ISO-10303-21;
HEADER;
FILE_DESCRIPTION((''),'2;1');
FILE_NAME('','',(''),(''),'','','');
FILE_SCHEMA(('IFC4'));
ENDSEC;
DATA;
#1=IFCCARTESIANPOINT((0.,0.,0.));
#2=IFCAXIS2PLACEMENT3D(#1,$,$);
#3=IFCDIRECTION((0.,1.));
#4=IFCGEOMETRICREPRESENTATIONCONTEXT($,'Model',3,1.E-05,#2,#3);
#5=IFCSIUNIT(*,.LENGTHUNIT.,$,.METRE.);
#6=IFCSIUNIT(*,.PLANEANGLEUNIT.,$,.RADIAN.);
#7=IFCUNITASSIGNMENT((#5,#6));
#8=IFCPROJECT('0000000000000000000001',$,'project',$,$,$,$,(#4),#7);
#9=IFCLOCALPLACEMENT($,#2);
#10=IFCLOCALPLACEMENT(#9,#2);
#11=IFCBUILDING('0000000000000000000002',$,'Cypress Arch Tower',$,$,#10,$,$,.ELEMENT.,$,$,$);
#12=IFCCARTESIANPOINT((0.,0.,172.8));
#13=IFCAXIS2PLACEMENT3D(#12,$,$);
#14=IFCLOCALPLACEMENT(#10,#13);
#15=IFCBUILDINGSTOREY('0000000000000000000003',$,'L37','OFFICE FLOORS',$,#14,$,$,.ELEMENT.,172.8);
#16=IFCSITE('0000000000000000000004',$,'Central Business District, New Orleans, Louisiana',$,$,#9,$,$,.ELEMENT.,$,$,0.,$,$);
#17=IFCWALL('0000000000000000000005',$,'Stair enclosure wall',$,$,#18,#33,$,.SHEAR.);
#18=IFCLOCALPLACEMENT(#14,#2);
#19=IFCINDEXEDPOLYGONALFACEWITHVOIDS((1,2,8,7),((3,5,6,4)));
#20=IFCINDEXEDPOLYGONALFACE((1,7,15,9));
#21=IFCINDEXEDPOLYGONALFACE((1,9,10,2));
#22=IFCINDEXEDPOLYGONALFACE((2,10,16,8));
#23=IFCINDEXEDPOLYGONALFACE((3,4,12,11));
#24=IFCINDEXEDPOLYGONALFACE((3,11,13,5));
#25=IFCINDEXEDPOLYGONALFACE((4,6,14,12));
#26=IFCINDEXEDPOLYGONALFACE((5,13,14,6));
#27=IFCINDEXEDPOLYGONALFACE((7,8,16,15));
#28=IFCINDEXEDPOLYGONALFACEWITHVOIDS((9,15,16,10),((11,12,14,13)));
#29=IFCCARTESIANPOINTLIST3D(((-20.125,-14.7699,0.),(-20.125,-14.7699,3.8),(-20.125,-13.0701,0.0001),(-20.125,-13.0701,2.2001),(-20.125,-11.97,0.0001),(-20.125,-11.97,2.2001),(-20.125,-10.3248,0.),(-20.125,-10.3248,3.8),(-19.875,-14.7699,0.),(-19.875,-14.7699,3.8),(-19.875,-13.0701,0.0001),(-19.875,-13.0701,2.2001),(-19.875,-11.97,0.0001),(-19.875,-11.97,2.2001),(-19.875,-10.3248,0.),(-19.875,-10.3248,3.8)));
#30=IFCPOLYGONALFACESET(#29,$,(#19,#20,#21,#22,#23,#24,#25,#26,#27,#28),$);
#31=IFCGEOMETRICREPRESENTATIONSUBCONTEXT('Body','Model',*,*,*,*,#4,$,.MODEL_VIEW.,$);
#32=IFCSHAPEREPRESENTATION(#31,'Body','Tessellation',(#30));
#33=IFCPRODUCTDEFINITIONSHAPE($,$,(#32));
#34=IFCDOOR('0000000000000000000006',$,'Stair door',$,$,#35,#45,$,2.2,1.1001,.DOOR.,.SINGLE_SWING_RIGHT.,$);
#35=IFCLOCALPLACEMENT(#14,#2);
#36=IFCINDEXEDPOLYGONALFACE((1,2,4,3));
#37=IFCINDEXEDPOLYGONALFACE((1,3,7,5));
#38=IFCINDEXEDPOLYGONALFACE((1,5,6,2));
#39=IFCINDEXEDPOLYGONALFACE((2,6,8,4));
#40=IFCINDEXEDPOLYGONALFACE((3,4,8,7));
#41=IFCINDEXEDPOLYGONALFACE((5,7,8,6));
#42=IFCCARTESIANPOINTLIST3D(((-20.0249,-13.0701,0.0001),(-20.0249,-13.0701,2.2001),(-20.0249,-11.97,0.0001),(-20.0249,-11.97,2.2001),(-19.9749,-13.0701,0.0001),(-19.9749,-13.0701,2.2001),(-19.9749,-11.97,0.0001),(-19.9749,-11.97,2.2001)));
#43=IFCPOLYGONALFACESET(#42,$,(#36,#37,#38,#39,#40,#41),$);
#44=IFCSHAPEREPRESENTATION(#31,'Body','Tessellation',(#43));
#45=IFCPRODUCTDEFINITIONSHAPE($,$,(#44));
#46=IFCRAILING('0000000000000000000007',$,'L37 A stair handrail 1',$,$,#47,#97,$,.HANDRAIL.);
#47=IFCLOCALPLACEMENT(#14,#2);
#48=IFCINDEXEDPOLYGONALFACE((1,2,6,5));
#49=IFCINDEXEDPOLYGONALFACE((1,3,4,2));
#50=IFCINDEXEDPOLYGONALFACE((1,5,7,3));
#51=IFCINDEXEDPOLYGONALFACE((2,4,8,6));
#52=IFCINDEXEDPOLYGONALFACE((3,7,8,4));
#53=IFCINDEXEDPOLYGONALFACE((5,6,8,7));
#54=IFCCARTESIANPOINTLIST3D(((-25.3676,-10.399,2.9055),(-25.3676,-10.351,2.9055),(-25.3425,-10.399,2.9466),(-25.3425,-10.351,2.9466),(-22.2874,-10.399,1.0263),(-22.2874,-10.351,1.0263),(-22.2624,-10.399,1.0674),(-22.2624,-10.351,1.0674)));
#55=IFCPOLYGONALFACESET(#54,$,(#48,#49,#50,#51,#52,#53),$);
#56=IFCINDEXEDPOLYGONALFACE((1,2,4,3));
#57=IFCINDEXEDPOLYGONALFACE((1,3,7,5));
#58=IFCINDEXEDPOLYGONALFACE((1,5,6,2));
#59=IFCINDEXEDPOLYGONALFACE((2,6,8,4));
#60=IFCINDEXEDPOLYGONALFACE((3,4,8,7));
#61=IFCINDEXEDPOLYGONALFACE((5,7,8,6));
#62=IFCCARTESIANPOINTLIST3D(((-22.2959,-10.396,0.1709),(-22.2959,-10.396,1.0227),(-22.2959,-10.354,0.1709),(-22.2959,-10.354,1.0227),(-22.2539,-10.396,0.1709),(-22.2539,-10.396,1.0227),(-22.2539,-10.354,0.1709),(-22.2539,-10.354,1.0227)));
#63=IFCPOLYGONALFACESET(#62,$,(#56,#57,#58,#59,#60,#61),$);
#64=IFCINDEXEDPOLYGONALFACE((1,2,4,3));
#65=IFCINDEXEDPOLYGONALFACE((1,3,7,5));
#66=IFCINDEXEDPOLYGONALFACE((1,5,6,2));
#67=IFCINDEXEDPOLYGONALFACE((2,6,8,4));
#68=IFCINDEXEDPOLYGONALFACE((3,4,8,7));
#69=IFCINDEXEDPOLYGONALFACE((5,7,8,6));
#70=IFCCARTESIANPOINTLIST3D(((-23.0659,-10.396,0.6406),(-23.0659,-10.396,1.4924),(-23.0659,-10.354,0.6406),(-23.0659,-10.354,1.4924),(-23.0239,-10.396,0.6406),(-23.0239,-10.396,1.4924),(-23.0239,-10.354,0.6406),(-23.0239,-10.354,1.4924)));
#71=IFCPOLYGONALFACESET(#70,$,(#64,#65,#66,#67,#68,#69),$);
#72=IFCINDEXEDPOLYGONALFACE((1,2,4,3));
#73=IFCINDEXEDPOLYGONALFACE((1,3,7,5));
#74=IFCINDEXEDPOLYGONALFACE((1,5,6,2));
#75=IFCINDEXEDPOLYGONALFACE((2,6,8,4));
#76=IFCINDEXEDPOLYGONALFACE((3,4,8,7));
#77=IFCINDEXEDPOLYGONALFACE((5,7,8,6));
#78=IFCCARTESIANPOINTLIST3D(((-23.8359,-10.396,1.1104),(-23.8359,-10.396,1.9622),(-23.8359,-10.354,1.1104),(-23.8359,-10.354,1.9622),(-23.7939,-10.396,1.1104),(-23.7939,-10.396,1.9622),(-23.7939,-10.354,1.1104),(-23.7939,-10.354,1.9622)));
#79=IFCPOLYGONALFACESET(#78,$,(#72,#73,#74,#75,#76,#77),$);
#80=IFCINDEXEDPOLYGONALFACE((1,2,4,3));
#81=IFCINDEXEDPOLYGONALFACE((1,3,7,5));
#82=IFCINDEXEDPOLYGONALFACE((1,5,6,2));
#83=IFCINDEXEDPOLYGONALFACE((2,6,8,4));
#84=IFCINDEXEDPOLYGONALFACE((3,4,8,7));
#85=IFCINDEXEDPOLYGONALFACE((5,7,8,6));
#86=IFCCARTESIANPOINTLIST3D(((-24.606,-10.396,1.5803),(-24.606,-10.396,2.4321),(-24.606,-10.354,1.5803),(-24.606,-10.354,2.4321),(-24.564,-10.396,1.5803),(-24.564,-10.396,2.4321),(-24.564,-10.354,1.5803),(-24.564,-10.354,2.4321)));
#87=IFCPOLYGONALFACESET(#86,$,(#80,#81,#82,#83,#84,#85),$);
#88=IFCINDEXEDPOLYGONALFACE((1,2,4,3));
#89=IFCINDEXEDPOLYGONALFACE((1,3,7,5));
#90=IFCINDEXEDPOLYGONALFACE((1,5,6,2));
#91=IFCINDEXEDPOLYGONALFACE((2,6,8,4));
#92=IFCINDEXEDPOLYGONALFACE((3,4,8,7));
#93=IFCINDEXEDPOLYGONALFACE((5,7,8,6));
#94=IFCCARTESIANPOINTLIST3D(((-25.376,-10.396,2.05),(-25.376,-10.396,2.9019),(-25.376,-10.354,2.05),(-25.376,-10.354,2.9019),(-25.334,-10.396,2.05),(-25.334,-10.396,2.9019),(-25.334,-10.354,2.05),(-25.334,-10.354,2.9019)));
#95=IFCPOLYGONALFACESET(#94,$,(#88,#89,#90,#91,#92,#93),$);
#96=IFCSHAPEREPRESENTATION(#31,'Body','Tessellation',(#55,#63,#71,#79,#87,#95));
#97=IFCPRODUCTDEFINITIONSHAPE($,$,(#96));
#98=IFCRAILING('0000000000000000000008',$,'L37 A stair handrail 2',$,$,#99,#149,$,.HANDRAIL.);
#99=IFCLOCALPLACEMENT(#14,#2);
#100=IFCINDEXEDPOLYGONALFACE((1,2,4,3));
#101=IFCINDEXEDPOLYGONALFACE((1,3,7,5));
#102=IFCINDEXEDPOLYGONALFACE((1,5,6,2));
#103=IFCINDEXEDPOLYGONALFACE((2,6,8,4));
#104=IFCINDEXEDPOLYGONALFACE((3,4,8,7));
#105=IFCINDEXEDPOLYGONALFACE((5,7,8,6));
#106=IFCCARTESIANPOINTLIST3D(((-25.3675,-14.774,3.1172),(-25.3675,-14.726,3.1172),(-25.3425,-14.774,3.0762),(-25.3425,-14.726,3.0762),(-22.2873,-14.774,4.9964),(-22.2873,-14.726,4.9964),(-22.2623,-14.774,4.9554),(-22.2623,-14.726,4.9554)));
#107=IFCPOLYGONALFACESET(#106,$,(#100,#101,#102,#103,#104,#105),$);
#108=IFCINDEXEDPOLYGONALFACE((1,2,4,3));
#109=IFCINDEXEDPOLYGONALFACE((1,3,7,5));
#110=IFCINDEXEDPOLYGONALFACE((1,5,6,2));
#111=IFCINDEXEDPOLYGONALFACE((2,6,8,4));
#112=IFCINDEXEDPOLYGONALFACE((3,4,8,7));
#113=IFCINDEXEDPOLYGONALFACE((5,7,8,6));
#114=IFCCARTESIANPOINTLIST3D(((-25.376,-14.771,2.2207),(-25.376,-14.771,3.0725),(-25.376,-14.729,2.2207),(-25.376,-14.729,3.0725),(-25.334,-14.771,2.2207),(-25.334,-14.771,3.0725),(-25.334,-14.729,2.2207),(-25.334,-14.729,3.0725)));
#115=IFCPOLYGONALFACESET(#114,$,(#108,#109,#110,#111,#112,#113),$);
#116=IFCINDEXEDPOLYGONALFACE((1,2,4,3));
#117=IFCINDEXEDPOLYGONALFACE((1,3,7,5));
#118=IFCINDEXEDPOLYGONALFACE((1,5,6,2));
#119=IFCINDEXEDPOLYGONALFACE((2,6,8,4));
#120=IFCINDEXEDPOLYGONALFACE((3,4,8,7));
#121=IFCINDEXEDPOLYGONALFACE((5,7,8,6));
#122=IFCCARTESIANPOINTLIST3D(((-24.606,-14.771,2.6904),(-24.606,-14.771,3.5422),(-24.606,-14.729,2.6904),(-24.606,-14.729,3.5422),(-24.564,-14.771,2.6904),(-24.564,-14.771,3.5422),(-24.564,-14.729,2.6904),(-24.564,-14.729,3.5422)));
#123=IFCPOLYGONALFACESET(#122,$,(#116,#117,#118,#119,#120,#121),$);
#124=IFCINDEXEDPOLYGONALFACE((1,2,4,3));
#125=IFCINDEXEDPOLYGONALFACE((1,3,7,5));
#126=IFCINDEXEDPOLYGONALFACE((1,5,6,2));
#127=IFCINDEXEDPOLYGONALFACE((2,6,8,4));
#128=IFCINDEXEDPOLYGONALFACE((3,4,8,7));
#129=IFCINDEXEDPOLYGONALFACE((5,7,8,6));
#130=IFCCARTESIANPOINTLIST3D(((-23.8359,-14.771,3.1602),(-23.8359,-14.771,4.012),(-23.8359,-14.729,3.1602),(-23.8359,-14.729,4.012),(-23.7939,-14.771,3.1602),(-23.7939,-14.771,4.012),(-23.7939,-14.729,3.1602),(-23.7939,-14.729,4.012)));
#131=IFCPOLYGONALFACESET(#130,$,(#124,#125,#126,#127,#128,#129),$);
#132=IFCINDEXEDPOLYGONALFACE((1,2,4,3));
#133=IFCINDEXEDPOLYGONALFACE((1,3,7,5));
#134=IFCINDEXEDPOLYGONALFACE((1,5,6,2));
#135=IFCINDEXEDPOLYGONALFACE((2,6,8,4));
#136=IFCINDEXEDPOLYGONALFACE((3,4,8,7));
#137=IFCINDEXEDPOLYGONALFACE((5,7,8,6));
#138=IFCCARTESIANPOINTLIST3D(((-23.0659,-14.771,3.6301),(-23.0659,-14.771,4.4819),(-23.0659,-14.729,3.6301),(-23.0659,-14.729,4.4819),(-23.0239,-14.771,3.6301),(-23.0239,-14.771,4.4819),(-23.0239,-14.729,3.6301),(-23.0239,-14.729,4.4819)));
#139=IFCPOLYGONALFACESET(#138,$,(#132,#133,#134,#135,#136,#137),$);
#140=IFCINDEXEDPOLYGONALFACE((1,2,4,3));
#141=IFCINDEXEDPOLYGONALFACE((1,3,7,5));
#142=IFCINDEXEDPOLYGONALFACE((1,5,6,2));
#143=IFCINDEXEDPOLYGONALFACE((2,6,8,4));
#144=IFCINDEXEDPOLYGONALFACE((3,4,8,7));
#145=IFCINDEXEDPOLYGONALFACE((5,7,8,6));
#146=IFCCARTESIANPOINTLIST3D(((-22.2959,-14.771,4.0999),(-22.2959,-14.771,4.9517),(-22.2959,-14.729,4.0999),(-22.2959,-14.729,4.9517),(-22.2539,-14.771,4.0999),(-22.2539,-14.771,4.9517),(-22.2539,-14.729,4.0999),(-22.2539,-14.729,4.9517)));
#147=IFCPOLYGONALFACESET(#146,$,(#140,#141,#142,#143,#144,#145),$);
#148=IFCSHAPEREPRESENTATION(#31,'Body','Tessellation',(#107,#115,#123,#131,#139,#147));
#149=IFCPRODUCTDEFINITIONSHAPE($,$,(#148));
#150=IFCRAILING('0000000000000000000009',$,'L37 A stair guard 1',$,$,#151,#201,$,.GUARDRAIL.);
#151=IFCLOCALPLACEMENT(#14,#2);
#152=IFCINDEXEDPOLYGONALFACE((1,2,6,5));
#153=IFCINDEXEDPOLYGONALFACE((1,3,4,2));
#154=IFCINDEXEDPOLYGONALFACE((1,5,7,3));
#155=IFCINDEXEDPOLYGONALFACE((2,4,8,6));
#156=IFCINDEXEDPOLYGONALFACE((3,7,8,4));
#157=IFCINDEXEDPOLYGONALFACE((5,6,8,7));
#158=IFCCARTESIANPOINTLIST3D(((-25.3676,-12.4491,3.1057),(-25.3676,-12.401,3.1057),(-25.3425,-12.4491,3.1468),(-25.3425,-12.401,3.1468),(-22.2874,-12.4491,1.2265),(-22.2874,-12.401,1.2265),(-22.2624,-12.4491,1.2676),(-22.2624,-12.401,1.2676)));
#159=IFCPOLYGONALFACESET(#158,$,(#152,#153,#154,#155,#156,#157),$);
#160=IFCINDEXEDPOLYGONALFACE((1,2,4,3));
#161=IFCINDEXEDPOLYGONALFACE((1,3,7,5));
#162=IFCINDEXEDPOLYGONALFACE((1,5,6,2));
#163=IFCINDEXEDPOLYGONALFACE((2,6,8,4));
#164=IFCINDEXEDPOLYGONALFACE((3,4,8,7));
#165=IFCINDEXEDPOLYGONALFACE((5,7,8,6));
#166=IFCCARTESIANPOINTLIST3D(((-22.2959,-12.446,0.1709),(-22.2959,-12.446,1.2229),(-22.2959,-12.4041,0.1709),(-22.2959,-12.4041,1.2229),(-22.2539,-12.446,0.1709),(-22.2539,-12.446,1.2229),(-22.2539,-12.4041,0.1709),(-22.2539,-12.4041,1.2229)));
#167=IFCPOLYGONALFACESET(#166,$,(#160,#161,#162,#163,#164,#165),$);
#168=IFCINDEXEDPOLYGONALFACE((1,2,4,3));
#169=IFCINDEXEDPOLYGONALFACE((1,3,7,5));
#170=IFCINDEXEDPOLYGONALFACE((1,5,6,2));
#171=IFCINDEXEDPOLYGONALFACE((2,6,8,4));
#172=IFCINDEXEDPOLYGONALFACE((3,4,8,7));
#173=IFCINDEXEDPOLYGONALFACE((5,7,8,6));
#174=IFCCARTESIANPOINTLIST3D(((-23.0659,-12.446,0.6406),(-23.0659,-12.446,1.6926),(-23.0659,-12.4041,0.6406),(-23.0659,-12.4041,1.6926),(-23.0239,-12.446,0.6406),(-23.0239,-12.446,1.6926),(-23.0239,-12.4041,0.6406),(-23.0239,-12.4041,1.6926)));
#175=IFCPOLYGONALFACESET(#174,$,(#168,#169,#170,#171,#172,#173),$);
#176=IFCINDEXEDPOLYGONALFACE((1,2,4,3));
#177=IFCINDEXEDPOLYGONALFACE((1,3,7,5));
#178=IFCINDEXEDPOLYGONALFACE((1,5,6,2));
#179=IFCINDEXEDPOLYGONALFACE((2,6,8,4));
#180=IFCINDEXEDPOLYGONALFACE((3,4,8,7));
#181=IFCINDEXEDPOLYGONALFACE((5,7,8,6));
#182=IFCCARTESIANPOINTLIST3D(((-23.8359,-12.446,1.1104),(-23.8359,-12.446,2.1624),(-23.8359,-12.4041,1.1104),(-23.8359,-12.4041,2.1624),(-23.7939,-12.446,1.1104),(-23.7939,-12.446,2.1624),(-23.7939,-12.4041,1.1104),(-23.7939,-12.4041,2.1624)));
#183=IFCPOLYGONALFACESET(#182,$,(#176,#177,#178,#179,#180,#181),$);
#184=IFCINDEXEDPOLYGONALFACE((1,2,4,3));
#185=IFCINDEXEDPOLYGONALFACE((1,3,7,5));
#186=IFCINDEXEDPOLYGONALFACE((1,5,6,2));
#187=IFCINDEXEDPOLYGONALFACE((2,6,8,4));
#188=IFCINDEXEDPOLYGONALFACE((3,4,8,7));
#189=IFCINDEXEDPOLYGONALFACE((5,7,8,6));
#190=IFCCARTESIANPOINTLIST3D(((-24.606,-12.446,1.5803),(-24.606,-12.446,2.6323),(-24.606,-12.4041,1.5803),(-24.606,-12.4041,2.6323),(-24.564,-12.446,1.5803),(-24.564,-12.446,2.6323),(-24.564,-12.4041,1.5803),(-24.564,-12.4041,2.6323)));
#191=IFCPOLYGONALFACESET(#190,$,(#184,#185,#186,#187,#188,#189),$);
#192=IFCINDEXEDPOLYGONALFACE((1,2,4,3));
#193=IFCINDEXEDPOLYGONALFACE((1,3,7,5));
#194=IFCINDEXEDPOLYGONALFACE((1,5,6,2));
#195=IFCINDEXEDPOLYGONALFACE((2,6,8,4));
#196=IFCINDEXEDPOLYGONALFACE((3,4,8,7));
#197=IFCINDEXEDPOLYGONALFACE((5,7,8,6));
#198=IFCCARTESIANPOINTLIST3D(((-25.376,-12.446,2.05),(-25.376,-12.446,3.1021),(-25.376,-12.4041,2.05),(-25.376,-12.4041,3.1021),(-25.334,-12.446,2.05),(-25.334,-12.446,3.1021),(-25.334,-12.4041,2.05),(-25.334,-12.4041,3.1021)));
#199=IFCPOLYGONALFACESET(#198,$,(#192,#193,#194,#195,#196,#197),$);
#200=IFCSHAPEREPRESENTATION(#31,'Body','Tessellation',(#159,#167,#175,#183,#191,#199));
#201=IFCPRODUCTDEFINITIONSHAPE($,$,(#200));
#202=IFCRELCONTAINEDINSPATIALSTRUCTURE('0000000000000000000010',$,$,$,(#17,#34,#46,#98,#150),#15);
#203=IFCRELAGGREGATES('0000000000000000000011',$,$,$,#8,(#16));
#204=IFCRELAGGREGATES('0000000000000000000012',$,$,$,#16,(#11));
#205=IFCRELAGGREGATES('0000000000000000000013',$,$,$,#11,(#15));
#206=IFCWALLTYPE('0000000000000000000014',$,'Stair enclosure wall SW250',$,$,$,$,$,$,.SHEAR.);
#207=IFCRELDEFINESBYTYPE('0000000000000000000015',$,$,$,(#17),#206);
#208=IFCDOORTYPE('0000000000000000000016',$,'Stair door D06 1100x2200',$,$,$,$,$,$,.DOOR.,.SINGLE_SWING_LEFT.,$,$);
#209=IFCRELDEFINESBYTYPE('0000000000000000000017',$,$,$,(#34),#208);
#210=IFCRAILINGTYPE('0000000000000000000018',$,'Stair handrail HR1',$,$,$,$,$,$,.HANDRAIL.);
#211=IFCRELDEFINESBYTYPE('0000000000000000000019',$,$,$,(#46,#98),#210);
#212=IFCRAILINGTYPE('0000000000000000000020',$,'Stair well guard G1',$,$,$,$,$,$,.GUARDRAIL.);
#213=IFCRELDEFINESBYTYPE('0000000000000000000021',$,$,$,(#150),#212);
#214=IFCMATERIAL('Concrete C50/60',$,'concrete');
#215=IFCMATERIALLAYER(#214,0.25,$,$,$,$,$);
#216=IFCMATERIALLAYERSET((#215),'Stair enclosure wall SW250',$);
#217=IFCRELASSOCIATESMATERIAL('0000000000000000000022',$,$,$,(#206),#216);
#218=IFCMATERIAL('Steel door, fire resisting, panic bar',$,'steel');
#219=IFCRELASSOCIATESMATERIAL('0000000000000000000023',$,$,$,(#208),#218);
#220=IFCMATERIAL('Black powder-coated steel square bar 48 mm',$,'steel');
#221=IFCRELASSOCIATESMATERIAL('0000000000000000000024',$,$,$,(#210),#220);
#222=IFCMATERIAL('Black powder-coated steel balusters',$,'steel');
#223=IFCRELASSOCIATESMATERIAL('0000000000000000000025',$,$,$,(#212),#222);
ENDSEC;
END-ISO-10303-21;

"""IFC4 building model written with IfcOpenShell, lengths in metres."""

from ifc_helpers import new_model, si_unit, direction, frame, frame_2d, origin, origin_2d, place, context, subcontext, project, spatial, rectangle, extrude, material, layer, layer_set, type_object, element, fill, save


model = new_model("IFC4")

# Units and contexts
model_context = context("Model", 3, precision=1e-05, world=origin(), true_north=direction((0.0, 1.0)))
body_context = subcontext(model_context, "Body", "Model", "MODEL_VIEW")
ifc_project = project(units=[si_unit("LENGTHUNIT", "METRE"), si_unit("PLANEANGLEUNIT", "RADIAN")], contexts=[model_context])

# Site, building, storey
site_placement = place(None, origin())
site = spatial("IfcSite", under=ifc_project, at=site_placement, Name="Central Business District, New Orleans, Louisiana", CompositionType="ELEMENT", RefElevation=0.0)
building_placement = place(site_placement, origin())
building = spatial("IfcBuilding", under=site, at=building_placement, Name="Cypress Arch Tower", CompositionType="ELEMENT")
storey_placement = place(building_placement, frame((0.0, 0.0, 172.8)))
storey = spatial("IfcBuildingStorey", under=building, at=storey_placement, Name="L37", Description="OFFICE FLOORS", CompositionType="ELEMENT", Elevation=172.8)

# Wall, opening, door
ifc_material_1 = material(Name="Concrete C50/60", Category="concrete")
ifc_layer_1 = layer(ifc_material_1, 0.25)
ifc_layer_set_1 = layer_set([ifc_layer_1], Name="Stair enclosure wall SW250")
wall_type_1 = type_object("IfcWallType", Name="Stair enclosure wall SW250", PredefinedType="SHEAR", material=ifc_layer_set_1)
wall_1_placement = place(storey_placement, frame((-20.0, -14.77, 0.0), z_axis=(0.0, 0.0, 1.0), x_axis=(0.0, 1.0, 0.0)))
wall_1 = element("IfcWall", 1, at=wall_1_placement, inside=storey, type_object=wall_type_1, Name="Stair enclosure wall", PredefinedType="SHEAR", context=body_context, shape_type="SweptSolid", body=[
    extrude(rectangle(XDim=4.4451, YDim=0.25, at=frame_2d((2.2227, 0.0))), origin(), (0.0, 0.0, 1.0), 3.8),
])
opening_1_placement = place(wall_1_placement, frame((1.7, 0.0, 0.0)))
opening_1 = element("IfcOpeningElement", 2, at=opening_1_placement, cuts=wall_1, PredefinedType="OPENING", context=body_context, shape_type="SweptSolid", body=[
    extrude(rectangle(XDim=1.1001, YDim=2.2, at=frame_2d((0.55, 1.1001))), frame((0.0, 0.135, 0.0), z_axis=(0.0, -1.0, 0.0), x_axis=(1.0, 0.0, 0.0)), (0.0, 0.0, 1.0), 0.27),
])
ifc_material_2 = material(Name="Steel door, fire resisting, panic bar", Category="steel")
door_type_1 = type_object("IfcDoorType", Name="Stair door D06 1100x2200", OperationType="SINGLE_SWING_LEFT", PredefinedType="DOOR", material=ifc_material_2)
door_1_placement = place(opening_1_placement, origin())
door_1 = element("IfcDoor", 3, at=door_1_placement, inside=storey, type_object=door_type_1, Name="Stair door", OperationType="SINGLE_SWING_RIGHT", OverallHeight=2.2, OverallWidth=1.1001, PredefinedType="DOOR", context=body_context, shape_type="SweptSolid", body=[
    extrude(rectangle(XDim=1.1001, YDim=2.2, at=frame_2d((0.55, 1.1001))), frame((0.0, 0.0249, 0.0), z_axis=(0.0, -1.0, 0.0), x_axis=(1.0, 0.0, 0.0)), (0.0, 0.0, 1.0), 0.05),
])
fill(opening_1, door_1)

# Railings
ifc_material_3 = material(Name="Black powder-coated steel square bar 48 mm", Category="steel")
railing_type_1 = type_object("IfcRailingType", Name="Stair handrail HR1", PredefinedType="HANDRAIL", material=ifc_material_3)
railing_1_placement = place(storey_placement, frame((-22.2749, -10.375, 0.1709)))
element("IfcRailing", 4, at=railing_1_placement, inside=storey, type_object=railing_type_1, Name="L37 A stair handrail 1", PredefinedType="HANDRAIL", context=body_context, shape_type="SweptSolid", body=[
    extrude(rectangle(XDim=0.0481, YDim=0.0481, at=origin_2d()), frame((0.0, 0.0, 0.876), z_axis=(-0.853666, 0.0, 0.52082), x_axis=(0.0, -1.0, 0.0)), (0.0, 0.0, 1.0), 3.6082),
    extrude(rectangle(XDim=0.042, YDim=0.042, at=origin_2d()), origin(), (0.0, 0.0, 1.0), 0.8518),
    extrude(rectangle(XDim=0.042, YDim=0.042, at=origin_2d()), frame((-0.77, 0.0, 0.4697)), (0.0, 0.0, 1.0), 0.8518),
    extrude(rectangle(XDim=0.042, YDim=0.042, at=origin_2d()), frame((-1.54, 0.0, 0.9395)), (0.0, 0.0, 1.0), 0.8518),
    extrude(rectangle(XDim=0.042, YDim=0.042, at=origin_2d()), frame((-2.3101, 0.0, 1.4094)), (0.0, 0.0, 1.0), 0.8518),
    extrude(rectangle(XDim=0.042, YDim=0.042, at=origin_2d()), frame((-3.0801, 0.0, 1.8792)), (0.0, 0.0, 1.0), 0.8518),
])
railing_2_placement = place(storey_placement, frame((-25.355, -14.75, 2.2207)))
element("IfcRailing", 5, at=railing_2_placement, inside=storey, type_object=railing_type_1, Name="L37 A stair handrail 2", PredefinedType="HANDRAIL", context=body_context, shape_type="SweptSolid", body=[
    extrude(rectangle(XDim=0.0481, YDim=0.0481, at=origin_2d()), frame((0.0, 0.0, 0.876), z_axis=(0.853666, 0.0, 0.52082), x_axis=(0.0, 1.0, 0.0)), (0.0, 0.0, 1.0), 3.6082),
    extrude(rectangle(XDim=0.042, YDim=0.042, at=origin_2d()), origin(), (0.0, 0.0, 1.0), 0.8518),
    extrude(rectangle(XDim=0.042, YDim=0.042, at=origin_2d()), frame((0.77, 0.0, 0.4697)), (0.0, 0.0, 1.0), 0.8518),
    extrude(rectangle(XDim=0.042, YDim=0.042, at=origin_2d()), frame((1.54, 0.0, 0.9395)), (0.0, 0.0, 1.0), 0.8518),
    extrude(rectangle(XDim=0.042, YDim=0.042, at=origin_2d()), frame((2.3101, 0.0, 1.4094)), (0.0, 0.0, 1.0), 0.8518),
    extrude(rectangle(XDim=0.042, YDim=0.042, at=origin_2d()), frame((3.0801, 0.0, 1.8792)), (0.0, 0.0, 1.0), 0.8518),
])
ifc_material_4 = material(Name="Black powder-coated steel balusters", Category="steel")
railing_type_2 = type_object("IfcRailingType", Name="Stair well guard G1", PredefinedType="GUARDRAIL", material=ifc_material_4)
railing_3_placement = place(storey_placement, frame((-22.2749, -12.425, 0.1709)))
element("IfcRailing", 6, at=railing_3_placement, inside=storey, type_object=railing_type_2, Name="L37 A stair guard 1", PredefinedType="GUARDRAIL", context=body_context, shape_type="SweptSolid", body=[
    extrude(rectangle(XDim=0.0481, YDim=0.0481, at=origin_2d()), frame((0.0, 0.0, 1.0762), z_axis=(-0.853666, 0.0, 0.52082), x_axis=(0.0, -1.0, 0.0)), (0.0, 0.0, 1.0), 3.6082),
    extrude(rectangle(XDim=0.042, YDim=0.042, at=origin_2d()), origin(), (0.0, 0.0, 1.0), 1.052),
    extrude(rectangle(XDim=0.042, YDim=0.042, at=origin_2d()), frame((-0.77, 0.0, 0.4697)), (0.0, 0.0, 1.0), 1.052),
    extrude(rectangle(XDim=0.042, YDim=0.042, at=origin_2d()), frame((-1.54, 0.0, 0.9395)), (0.0, 0.0, 1.0), 1.052),
    extrude(rectangle(XDim=0.042, YDim=0.042, at=origin_2d()), frame((-2.3101, 0.0, 1.4094)), (0.0, 0.0, 1.0), 1.052),
    extrude(rectangle(XDim=0.042, YDim=0.042, at=origin_2d()), frame((-3.0801, 0.0, 1.8792)), (0.0, 0.0, 1.0), 1.052),
])

save(model, "model.ifc")
